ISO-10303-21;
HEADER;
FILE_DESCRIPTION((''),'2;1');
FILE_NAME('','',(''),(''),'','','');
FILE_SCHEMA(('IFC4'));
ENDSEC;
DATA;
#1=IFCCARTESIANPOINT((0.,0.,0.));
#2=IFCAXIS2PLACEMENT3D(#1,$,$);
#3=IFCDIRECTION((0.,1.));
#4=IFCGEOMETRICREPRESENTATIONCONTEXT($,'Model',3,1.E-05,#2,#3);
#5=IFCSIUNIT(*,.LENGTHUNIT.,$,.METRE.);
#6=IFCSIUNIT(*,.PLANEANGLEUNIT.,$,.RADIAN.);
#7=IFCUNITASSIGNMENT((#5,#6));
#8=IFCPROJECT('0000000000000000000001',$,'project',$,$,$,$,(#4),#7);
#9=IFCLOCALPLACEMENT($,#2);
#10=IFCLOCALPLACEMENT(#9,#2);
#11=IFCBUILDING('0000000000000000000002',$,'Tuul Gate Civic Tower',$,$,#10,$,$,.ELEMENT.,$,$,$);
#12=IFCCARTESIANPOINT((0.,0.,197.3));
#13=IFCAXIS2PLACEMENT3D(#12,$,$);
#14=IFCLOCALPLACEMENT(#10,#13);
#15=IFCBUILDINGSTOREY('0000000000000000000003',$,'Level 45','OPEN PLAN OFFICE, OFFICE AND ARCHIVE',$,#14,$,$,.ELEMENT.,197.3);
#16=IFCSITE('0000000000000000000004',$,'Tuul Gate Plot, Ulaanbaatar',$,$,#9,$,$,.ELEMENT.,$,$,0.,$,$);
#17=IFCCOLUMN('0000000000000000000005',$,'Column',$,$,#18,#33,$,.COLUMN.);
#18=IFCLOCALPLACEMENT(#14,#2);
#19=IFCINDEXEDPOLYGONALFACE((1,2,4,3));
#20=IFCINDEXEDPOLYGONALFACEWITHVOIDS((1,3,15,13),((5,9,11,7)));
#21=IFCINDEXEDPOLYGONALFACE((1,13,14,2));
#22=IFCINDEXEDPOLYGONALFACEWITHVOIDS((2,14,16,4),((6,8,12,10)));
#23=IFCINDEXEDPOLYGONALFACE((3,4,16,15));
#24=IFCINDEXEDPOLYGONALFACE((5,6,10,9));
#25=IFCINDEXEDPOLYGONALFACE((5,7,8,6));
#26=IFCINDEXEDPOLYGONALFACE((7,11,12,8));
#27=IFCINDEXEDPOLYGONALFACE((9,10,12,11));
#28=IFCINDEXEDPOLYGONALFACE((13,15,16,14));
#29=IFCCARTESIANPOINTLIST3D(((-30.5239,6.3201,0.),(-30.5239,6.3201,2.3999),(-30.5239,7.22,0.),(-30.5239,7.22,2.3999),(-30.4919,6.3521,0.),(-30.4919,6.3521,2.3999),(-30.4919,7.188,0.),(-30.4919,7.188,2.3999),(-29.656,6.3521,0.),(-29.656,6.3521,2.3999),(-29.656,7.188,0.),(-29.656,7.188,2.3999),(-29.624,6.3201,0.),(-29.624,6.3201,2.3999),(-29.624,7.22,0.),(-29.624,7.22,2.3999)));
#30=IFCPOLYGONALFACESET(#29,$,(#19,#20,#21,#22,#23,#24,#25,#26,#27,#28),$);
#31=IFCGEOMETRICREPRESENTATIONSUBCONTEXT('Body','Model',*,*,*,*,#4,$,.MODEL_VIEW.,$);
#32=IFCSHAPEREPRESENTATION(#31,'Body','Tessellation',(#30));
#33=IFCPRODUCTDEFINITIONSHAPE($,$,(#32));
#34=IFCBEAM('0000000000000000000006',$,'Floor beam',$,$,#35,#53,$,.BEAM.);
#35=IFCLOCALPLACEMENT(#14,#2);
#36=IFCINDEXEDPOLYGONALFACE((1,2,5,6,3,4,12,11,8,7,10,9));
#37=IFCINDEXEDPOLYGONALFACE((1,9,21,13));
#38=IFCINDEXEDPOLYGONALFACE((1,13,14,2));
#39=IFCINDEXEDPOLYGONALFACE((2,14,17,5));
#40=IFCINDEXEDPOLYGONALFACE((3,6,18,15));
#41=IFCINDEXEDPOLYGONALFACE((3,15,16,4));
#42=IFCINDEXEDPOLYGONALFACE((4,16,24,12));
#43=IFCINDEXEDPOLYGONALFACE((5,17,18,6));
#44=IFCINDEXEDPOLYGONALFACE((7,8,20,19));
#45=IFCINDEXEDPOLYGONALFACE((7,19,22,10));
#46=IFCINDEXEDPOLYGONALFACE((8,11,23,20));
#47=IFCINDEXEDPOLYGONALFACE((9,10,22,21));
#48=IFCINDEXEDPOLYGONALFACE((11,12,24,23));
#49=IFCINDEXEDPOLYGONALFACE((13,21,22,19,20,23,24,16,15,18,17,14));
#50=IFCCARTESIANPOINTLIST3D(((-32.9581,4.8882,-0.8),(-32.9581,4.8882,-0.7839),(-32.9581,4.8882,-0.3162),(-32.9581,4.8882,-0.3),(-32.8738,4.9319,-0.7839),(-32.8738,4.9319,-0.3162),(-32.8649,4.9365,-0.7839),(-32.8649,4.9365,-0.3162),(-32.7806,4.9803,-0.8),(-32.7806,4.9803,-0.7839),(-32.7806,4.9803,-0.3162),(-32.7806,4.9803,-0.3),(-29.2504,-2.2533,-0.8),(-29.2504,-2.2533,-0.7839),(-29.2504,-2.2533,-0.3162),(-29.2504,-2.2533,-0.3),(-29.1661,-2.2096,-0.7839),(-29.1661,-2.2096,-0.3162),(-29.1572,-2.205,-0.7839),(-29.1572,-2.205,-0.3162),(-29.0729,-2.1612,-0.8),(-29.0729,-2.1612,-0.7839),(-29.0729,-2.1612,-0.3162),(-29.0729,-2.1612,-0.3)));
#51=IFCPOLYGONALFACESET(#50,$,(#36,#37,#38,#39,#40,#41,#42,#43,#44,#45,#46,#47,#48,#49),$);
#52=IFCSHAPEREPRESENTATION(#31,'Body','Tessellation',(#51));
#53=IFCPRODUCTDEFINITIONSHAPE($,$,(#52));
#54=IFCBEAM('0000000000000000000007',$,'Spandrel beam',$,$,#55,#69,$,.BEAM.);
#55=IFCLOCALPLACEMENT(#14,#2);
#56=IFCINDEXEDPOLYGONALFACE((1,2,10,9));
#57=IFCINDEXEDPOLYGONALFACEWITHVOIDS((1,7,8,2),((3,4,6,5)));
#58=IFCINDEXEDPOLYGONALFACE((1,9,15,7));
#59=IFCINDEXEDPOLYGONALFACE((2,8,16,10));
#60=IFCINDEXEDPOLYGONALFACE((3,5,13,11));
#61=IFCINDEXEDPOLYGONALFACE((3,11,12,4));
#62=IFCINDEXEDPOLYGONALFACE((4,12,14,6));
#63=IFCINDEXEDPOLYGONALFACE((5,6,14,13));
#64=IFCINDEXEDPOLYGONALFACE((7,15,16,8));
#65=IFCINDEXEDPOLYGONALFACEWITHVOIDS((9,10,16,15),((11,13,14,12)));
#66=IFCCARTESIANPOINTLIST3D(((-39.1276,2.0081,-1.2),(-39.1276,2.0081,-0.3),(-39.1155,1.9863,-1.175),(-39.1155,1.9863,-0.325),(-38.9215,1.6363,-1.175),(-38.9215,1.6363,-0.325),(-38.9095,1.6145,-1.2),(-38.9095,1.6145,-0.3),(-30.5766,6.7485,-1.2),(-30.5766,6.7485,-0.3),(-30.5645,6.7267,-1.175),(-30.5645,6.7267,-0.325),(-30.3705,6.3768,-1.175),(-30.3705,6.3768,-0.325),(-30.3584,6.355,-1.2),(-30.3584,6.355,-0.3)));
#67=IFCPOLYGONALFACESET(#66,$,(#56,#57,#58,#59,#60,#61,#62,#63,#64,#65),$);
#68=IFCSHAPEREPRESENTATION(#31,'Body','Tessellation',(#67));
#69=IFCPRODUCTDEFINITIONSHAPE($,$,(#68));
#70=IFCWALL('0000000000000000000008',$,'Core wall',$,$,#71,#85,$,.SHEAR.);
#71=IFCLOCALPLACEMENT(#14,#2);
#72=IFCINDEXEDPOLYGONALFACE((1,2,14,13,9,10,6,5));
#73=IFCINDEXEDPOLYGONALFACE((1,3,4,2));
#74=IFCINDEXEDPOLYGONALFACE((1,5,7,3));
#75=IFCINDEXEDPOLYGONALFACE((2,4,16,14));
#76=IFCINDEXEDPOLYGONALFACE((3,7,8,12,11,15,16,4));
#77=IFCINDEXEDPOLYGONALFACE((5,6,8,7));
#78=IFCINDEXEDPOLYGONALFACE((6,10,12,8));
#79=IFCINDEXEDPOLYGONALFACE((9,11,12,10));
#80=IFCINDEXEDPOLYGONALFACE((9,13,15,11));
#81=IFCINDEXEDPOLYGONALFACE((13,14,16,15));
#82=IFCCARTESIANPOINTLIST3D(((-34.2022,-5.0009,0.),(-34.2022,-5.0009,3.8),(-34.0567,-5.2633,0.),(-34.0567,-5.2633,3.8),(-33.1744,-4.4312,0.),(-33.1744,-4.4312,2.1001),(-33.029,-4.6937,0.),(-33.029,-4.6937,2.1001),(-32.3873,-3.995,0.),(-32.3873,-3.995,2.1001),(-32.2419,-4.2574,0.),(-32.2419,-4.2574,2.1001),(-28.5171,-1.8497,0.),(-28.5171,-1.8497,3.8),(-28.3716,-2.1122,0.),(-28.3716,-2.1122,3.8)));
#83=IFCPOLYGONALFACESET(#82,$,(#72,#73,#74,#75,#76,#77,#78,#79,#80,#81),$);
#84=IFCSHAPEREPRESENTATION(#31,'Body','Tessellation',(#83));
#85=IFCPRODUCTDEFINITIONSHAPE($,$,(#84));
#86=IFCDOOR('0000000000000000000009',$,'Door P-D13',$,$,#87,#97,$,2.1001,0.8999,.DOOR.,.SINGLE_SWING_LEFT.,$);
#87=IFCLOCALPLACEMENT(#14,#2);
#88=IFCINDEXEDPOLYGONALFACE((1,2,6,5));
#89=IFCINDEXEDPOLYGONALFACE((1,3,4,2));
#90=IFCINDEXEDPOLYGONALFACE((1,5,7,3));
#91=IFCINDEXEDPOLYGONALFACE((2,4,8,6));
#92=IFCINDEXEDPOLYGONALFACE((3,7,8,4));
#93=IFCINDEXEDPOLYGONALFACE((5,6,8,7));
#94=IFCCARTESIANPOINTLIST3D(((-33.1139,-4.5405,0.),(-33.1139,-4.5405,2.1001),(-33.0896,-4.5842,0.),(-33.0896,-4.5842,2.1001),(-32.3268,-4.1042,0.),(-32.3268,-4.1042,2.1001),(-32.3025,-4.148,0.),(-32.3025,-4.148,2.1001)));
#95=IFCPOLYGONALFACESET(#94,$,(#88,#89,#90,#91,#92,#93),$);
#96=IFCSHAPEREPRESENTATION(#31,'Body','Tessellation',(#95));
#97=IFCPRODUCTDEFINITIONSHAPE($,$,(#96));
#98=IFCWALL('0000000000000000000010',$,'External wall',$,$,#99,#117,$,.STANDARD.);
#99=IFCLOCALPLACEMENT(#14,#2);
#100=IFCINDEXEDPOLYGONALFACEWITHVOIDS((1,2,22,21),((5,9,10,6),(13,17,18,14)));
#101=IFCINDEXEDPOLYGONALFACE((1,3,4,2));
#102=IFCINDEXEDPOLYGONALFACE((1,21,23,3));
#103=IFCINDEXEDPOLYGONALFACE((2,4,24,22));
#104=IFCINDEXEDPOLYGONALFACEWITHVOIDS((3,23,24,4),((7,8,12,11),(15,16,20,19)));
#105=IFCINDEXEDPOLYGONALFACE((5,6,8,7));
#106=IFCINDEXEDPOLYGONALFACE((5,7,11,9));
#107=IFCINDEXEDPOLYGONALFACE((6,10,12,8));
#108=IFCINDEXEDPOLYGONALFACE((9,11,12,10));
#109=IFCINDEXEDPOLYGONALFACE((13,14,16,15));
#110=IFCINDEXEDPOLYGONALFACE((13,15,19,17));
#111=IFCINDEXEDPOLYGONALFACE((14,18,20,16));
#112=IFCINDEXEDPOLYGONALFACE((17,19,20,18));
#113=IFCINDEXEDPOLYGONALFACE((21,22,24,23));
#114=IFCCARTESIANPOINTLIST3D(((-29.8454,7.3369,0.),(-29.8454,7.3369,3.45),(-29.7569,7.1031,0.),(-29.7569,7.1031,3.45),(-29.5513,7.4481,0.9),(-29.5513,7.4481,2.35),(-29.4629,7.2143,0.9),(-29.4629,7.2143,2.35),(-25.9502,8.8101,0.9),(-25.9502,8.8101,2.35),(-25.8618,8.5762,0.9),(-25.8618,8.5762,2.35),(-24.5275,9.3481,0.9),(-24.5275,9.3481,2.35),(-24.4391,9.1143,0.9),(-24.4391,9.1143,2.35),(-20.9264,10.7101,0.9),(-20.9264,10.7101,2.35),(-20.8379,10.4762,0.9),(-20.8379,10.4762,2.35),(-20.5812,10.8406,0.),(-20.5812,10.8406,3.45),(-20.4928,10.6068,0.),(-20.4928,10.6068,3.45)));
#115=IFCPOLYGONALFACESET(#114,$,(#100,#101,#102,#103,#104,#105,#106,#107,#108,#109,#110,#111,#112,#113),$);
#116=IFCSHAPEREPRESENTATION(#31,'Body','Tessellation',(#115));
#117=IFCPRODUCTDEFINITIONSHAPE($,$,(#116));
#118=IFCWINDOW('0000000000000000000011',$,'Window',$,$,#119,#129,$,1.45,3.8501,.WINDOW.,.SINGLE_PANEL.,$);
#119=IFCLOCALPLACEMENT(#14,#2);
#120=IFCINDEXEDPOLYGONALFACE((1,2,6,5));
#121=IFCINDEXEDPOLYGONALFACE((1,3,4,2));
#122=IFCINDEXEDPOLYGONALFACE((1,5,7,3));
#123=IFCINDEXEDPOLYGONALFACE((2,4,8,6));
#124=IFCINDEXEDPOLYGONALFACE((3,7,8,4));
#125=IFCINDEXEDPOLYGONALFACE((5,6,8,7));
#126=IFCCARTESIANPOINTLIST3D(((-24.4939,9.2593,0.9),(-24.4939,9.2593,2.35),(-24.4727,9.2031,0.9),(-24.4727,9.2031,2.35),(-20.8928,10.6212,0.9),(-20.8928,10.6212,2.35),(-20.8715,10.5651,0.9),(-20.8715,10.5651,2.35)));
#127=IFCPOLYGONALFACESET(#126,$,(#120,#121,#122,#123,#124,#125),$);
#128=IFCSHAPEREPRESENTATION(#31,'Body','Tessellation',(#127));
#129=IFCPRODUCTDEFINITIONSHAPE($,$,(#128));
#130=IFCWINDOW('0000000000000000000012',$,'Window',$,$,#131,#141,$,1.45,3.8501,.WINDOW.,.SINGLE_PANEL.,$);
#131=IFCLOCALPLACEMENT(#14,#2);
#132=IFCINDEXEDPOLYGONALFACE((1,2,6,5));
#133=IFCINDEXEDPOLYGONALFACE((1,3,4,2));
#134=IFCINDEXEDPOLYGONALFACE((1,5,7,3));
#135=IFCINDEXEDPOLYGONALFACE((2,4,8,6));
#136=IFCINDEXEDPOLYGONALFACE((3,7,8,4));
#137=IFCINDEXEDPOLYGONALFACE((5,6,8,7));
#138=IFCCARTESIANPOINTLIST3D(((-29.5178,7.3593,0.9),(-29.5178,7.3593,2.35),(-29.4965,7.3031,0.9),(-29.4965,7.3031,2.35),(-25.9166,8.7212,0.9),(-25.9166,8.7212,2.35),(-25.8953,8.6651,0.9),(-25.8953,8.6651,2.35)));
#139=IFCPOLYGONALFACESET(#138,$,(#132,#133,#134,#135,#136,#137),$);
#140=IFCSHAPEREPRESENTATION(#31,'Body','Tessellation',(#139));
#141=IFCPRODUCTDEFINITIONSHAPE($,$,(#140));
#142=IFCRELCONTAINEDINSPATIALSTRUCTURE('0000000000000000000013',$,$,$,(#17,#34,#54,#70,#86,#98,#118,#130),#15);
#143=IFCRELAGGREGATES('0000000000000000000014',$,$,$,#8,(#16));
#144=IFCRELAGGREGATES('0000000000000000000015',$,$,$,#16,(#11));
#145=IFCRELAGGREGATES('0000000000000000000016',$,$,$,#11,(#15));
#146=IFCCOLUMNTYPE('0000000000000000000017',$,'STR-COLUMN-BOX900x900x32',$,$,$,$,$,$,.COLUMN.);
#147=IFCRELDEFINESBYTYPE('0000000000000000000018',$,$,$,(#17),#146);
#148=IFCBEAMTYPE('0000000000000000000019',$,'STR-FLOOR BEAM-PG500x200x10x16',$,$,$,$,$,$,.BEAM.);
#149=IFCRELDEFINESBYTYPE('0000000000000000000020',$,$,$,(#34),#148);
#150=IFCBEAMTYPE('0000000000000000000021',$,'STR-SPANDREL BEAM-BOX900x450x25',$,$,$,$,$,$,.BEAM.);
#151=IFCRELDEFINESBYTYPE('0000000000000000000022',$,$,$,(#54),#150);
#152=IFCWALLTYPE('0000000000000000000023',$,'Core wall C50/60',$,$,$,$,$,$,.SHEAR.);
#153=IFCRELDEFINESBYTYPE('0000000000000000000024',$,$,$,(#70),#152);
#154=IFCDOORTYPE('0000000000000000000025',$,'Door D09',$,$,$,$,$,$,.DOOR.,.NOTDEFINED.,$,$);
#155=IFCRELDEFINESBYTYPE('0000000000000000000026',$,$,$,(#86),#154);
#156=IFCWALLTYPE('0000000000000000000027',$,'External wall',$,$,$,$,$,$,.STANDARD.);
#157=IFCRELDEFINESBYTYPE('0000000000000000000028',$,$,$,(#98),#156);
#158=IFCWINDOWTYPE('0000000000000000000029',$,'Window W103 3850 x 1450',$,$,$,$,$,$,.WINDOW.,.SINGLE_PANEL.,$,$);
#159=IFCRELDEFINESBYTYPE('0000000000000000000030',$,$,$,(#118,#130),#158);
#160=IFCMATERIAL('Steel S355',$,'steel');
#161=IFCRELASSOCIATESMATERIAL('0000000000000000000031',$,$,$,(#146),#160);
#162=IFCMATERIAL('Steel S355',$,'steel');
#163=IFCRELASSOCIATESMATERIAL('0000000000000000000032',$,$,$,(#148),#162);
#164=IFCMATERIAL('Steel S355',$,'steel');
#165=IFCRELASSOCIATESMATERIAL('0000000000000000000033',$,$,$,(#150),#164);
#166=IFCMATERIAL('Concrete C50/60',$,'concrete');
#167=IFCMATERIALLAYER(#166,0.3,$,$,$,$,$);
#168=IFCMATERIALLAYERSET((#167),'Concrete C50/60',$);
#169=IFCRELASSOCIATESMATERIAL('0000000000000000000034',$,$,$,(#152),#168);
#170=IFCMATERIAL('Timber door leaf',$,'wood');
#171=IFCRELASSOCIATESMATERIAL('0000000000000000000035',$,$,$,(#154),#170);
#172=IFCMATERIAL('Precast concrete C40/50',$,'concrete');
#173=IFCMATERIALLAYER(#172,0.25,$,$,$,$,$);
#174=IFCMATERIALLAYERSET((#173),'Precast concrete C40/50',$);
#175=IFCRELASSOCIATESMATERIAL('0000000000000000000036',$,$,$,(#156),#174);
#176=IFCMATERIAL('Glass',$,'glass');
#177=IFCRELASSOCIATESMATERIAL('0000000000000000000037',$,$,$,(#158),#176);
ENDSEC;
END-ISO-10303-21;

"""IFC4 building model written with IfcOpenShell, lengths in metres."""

from ifc_helpers import new_model, si_unit, direction, frame, frame_2d, origin, origin_2d, place, context, subcontext, project, spatial, rectangle, hollow_rectangle, i_section, extrude, material, layer, layer_set, material_profile, profile_set, type_object, element, fill, save


model = new_model("IFC4")

# Units and contexts
model_context = context("Model", 3, precision=1e-05, world=origin(), true_north=direction((0.0, 1.0)))
body_context = subcontext(model_context, "Body", "Model", "MODEL_VIEW")
ifc_project = project(units=[si_unit("LENGTHUNIT", "METRE"), si_unit("PLANEANGLEUNIT", "RADIAN")], contexts=[model_context])

# Site, building, storey
site_placement = place(None, origin())
site = spatial("IfcSite", under=ifc_project, at=site_placement, Name="Tuul Gate Plot, Ulaanbaatar", CompositionType="ELEMENT", RefElevation=0.0)
building_placement = place(site_placement, origin())
building = spatial("IfcBuilding", under=site, at=building_placement, Name="Tuul Gate Civic Tower", CompositionType="ELEMENT")
storey_placement = place(building_placement, frame((0.0, 0.0, 197.3)))
storey = spatial("IfcBuildingStorey", under=building, at=storey_placement, Name="Level 45", Description="OPEN PLAN OFFICE, OFFICE AND ARCHIVE", CompositionType="ELEMENT", Elevation=197.3)

# Column
ifc_material_1 = material(Name="Steel S355", Category="steel")
ifc_material_profile_1 = material_profile(ifc_material_1, hollow_rectangle(XDim=0.8999, YDim=0.8999, WallThickness=0.032, at=origin_2d()), Name="BOX900x900x32")
ifc_profile_set_1 = profile_set([ifc_material_profile_1], Name="Steel S355")
column_type = type_object("IfcColumnType", Name="STR-COLUMN-BOX900x900x32", PredefinedType="COLUMN", material=ifc_profile_set_1)
column_placement = place(storey_placement, frame((-30.074, 6.77, 0.0), z_axis=(0.0, 0.0, 1.0), x_axis=(1.0, 0.0, 0.0)))
element("IfcColumn", 1, at=column_placement, inside=storey, type_object=column_type, Name="Column", PredefinedType="COLUMN", context=body_context, shape_type="SweptSolid", body=[
    extrude(hollow_rectangle(XDim=0.8999, YDim=0.8999, WallThickness=0.032, at=origin_2d()), origin(), (0.0, 0.0, 1.0), 2.3999),
])

# Beams
ifc_material_2 = material(Name="Steel S355", Category="steel")
ifc_material_profile_2 = material_profile(ifc_material_2, i_section(OverallWidth=0.2, OverallDepth=0.5, WebThickness=0.01, FlangeThickness=0.0161, at=origin_2d()), Name="PG500x200x10x16")
ifc_profile_set_2 = profile_set([ifc_material_profile_2], Name="Steel S355")
beam_type_1 = type_object("IfcBeamType", Name="STR-FLOOR BEAM-PG500x200x10x16", PredefinedType="BEAM", material=ifc_profile_set_2)
beam_1_placement = place(storey_placement, frame((-29.1616, -2.2073, -0.55), z_axis=(-0.460779, 0.887515, 0.0), x_axis=(-0.887515, -0.460779, 0.0)))
element("IfcBeam", 2, at=beam_1_placement, inside=storey, type_object=beam_type_1, Name="Floor beam", PredefinedType="BEAM", context=body_context, shape_type="SweptSolid", body=[
    extrude(i_section(OverallWidth=0.2, OverallDepth=0.5, WebThickness=0.01, FlangeThickness=0.0161, at=origin_2d()), origin(), (0.0, 0.0, 1.0), 8.0466),
])
ifc_material_3 = material(Name="Steel S355", Category="steel")
ifc_material_profile_3 = material_profile(ifc_material_3, hollow_rectangle(XDim=0.45, YDim=0.8999, WallThickness=0.0249, at=origin_2d()), Name="BOX900x450x25")
ifc_profile_set_3 = profile_set([ifc_material_profile_3], Name="Steel S355")
beam_type_2 = type_object("IfcBeamType", Name="STR-SPANDREL BEAM-BOX900x450x25", PredefinedType="BEAM", material=ifc_profile_set_3)
beam_2_placement = place(storey_placement, frame((-30.4675, 6.5518, -0.75), z_axis=(-0.874595, -0.484854, 0.0), x_axis=(0.484854, -0.874595, 0.0)))
element("IfcBeam", 3, at=beam_2_placement, inside=storey, type_object=beam_type_2, Name="Spandrel beam", PredefinedType="BEAM", context=body_context, shape_type="SweptSolid", body=[
    extrude(hollow_rectangle(XDim=0.45, YDim=0.8999, WallThickness=0.0249, at=origin_2d()), origin(), (0.0, 0.0, 1.0), 9.7771),
])

# Wall, opening, door
ifc_material_4 = material(Name="Concrete C50/60", Category="concrete")
ifc_layer_1 = layer(ifc_material_4, 0.3)
ifc_layer_set_1 = layer_set([ifc_layer_1], Name="Concrete C50/60")
wall_type_1 = type_object("IfcWallType", Name="Core wall C50/60", PredefinedType="SHEAR", material=ifc_layer_set_1)
wall_1_placement = place(storey_placement, frame((-28.4443, -1.981, 0.0), z_axis=(0.0, 0.0, 1.0), x_axis=(-0.87463, -0.484791, 0.0)))
wall_1 = element("IfcWall", 4, at=wall_1_placement, inside=storey, type_object=wall_type_1, Name="Core wall", PredefinedType="SHEAR", context=body_context, shape_type="SweptSolid", body=[
    extrude(rectangle(XDim=6.5, YDim=0.3, at=frame_2d((3.25, 0.0))), origin(), (0.0, 0.0, 1.0), 3.8),
])
opening_1_placement = place(wall_1_placement, frame((4.425, 0.0, 0.0)))
opening_1 = element("IfcOpeningElement", 5, at=opening_1_placement, cuts=wall_1, PredefinedType="OPENING", context=body_context, shape_type="SweptSolid", body=[
    extrude(rectangle(XDim=0.8999, YDim=2.1001, at=frame_2d((0.45, 1.05))), frame((0.0, 0.1602, 0.0), z_axis=(0.0, -1.0, 0.0), x_axis=(1.0, 0.0, 0.0)), (0.0, 0.0, 1.0), 0.3201),
])
ifc_material_5 = material(Name="Timber door leaf", Category="wood")
door_type_1 = type_object("IfcDoorType", Name="Door D09", OperationType="NOTDEFINED", PredefinedType="DOOR", material=ifc_material_5)
door_1_placement = place(opening_1_placement, origin())
door_1 = element("IfcDoor", 6, at=door_1_placement, inside=storey, type_object=door_type_1, Name="Door P-D13", OperationType="SINGLE_SWING_LEFT", OverallHeight=2.1001, OverallWidth=0.8999, PredefinedType="DOOR", context=body_context, shape_type="SweptSolid", body=[
    extrude(rectangle(XDim=0.8999, YDim=2.1001, at=frame_2d((0.45, 1.05))), frame((0.0, 0.0249, 0.0), z_axis=(0.0, -1.0, 0.0), x_axis=(1.0, 0.0, 0.0)), (0.0, 0.0, 1.0), 0.05),
])
fill(opening_1, door_1)

# Wall, openings, windows
ifc_material_6 = material(Name="Precast concrete C40/50", Category="concrete")
ifc_layer_2 = layer(ifc_material_6, 0.25)
ifc_layer_set_2 = layer_set([ifc_layer_2], Name="Precast concrete C40/50")
wall_type_2 = type_object("IfcWallType", Name="External wall", PredefinedType="STANDARD", material=ifc_layer_set_2)
wall_2_placement = place(storey_placement, frame((-20.5371, 10.7236, 0.0), z_axis=(0.0, 0.0, 1.0), x_axis=(-0.935343, -0.353742, 0.0)))
wall_2 = element("IfcWall", 7, at=wall_2_placement, inside=storey, type_object=wall_type_2, Name="External wall", PredefinedType="STANDARD", context=body_context, shape_type="SweptSolid", body=[
    extrude(rectangle(XDim=9.9045, YDim=0.25, at=frame_2d((4.9521, 0.0))), origin(), (0.0, 0.0, 1.0), 3.45),
])
opening_2_placement = place(wall_2_placement, frame((0.3689, 0.0, 0.8999)))
opening_2 = element("IfcOpeningElement", 8, at=opening_2_placement, cuts=wall_2, PredefinedType="OPENING", context=body_context, shape_type="SweptSolid", body=[
    extrude(rectangle(XDim=3.8501, YDim=1.45, at=frame_2d((1.925, 0.7251))), frame((0.0, 0.135, 0.0), z_axis=(0.0, -1.0, 0.0), x_axis=(1.0, 0.0, 0.0)), (0.0, 0.0, 1.0), 0.27),
])
opening_3_placement = place(wall_2_placement, frame((5.74, 0.0, 0.8999)))
opening_3 = element("IfcOpeningElement", 9, at=opening_3_placement, cuts=wall_2, PredefinedType="OPENING", context=body_context, shape_type="SweptSolid", body=[
    extrude(rectangle(XDim=3.8501, YDim=1.45, at=frame_2d((1.925, 0.7251))), frame((0.0, 0.135, 0.0), z_axis=(0.0, -1.0, 0.0), x_axis=(1.0, 0.0, 0.0)), (0.0, 0.0, 1.0), 0.27),
])
ifc_material_7 = material(Name="Glass", Category="glass")
window_type = type_object("IfcWindowType", Name="Window W103 3850 x 1450", PartitioningType="SINGLE_PANEL", PredefinedType="WINDOW", material=ifc_material_7)
window_1_placement = place(opening_2_placement, origin())
window_1 = element("IfcWindow", 10, at=window_1_placement, inside=storey, type_object=window_type, Name="Window", OverallHeight=1.45, OverallWidth=3.8501, PartitioningType="SINGLE_PANEL", PredefinedType="WINDOW", context=body_context, shape_type="SweptSolid", body=[
    extrude(rectangle(XDim=3.8501, YDim=1.45, at=frame_2d((1.925, 0.7251))), frame((0.0, 0.03, 0.0), z_axis=(0.0, -1.0, 0.0), x_axis=(1.0, 0.0, 0.0)), (0.0, 0.0, 1.0), 0.0601),
])
fill(opening_2, window_1)
window_2_placement = place(opening_3_placement, origin())
window_2 = element("IfcWindow", 11, at=window_2_placement, inside=storey, type_object=window_type, Name="Window", OverallHeight=1.45, OverallWidth=3.8501, PartitioningType="SINGLE_PANEL", PredefinedType="WINDOW", context=body_context, shape_type="SweptSolid", body=[
    extrude(rectangle(XDim=3.8501, YDim=1.45, at=frame_2d((1.925, 0.7251))), frame((0.0, 0.03, 0.0), z_axis=(0.0, -1.0, 0.0), x_axis=(1.0, 0.0, 0.0)), (0.0, 0.0, 1.0), 0.0601),
])
fill(opening_3, window_2)

save(model, "model.ifc")
